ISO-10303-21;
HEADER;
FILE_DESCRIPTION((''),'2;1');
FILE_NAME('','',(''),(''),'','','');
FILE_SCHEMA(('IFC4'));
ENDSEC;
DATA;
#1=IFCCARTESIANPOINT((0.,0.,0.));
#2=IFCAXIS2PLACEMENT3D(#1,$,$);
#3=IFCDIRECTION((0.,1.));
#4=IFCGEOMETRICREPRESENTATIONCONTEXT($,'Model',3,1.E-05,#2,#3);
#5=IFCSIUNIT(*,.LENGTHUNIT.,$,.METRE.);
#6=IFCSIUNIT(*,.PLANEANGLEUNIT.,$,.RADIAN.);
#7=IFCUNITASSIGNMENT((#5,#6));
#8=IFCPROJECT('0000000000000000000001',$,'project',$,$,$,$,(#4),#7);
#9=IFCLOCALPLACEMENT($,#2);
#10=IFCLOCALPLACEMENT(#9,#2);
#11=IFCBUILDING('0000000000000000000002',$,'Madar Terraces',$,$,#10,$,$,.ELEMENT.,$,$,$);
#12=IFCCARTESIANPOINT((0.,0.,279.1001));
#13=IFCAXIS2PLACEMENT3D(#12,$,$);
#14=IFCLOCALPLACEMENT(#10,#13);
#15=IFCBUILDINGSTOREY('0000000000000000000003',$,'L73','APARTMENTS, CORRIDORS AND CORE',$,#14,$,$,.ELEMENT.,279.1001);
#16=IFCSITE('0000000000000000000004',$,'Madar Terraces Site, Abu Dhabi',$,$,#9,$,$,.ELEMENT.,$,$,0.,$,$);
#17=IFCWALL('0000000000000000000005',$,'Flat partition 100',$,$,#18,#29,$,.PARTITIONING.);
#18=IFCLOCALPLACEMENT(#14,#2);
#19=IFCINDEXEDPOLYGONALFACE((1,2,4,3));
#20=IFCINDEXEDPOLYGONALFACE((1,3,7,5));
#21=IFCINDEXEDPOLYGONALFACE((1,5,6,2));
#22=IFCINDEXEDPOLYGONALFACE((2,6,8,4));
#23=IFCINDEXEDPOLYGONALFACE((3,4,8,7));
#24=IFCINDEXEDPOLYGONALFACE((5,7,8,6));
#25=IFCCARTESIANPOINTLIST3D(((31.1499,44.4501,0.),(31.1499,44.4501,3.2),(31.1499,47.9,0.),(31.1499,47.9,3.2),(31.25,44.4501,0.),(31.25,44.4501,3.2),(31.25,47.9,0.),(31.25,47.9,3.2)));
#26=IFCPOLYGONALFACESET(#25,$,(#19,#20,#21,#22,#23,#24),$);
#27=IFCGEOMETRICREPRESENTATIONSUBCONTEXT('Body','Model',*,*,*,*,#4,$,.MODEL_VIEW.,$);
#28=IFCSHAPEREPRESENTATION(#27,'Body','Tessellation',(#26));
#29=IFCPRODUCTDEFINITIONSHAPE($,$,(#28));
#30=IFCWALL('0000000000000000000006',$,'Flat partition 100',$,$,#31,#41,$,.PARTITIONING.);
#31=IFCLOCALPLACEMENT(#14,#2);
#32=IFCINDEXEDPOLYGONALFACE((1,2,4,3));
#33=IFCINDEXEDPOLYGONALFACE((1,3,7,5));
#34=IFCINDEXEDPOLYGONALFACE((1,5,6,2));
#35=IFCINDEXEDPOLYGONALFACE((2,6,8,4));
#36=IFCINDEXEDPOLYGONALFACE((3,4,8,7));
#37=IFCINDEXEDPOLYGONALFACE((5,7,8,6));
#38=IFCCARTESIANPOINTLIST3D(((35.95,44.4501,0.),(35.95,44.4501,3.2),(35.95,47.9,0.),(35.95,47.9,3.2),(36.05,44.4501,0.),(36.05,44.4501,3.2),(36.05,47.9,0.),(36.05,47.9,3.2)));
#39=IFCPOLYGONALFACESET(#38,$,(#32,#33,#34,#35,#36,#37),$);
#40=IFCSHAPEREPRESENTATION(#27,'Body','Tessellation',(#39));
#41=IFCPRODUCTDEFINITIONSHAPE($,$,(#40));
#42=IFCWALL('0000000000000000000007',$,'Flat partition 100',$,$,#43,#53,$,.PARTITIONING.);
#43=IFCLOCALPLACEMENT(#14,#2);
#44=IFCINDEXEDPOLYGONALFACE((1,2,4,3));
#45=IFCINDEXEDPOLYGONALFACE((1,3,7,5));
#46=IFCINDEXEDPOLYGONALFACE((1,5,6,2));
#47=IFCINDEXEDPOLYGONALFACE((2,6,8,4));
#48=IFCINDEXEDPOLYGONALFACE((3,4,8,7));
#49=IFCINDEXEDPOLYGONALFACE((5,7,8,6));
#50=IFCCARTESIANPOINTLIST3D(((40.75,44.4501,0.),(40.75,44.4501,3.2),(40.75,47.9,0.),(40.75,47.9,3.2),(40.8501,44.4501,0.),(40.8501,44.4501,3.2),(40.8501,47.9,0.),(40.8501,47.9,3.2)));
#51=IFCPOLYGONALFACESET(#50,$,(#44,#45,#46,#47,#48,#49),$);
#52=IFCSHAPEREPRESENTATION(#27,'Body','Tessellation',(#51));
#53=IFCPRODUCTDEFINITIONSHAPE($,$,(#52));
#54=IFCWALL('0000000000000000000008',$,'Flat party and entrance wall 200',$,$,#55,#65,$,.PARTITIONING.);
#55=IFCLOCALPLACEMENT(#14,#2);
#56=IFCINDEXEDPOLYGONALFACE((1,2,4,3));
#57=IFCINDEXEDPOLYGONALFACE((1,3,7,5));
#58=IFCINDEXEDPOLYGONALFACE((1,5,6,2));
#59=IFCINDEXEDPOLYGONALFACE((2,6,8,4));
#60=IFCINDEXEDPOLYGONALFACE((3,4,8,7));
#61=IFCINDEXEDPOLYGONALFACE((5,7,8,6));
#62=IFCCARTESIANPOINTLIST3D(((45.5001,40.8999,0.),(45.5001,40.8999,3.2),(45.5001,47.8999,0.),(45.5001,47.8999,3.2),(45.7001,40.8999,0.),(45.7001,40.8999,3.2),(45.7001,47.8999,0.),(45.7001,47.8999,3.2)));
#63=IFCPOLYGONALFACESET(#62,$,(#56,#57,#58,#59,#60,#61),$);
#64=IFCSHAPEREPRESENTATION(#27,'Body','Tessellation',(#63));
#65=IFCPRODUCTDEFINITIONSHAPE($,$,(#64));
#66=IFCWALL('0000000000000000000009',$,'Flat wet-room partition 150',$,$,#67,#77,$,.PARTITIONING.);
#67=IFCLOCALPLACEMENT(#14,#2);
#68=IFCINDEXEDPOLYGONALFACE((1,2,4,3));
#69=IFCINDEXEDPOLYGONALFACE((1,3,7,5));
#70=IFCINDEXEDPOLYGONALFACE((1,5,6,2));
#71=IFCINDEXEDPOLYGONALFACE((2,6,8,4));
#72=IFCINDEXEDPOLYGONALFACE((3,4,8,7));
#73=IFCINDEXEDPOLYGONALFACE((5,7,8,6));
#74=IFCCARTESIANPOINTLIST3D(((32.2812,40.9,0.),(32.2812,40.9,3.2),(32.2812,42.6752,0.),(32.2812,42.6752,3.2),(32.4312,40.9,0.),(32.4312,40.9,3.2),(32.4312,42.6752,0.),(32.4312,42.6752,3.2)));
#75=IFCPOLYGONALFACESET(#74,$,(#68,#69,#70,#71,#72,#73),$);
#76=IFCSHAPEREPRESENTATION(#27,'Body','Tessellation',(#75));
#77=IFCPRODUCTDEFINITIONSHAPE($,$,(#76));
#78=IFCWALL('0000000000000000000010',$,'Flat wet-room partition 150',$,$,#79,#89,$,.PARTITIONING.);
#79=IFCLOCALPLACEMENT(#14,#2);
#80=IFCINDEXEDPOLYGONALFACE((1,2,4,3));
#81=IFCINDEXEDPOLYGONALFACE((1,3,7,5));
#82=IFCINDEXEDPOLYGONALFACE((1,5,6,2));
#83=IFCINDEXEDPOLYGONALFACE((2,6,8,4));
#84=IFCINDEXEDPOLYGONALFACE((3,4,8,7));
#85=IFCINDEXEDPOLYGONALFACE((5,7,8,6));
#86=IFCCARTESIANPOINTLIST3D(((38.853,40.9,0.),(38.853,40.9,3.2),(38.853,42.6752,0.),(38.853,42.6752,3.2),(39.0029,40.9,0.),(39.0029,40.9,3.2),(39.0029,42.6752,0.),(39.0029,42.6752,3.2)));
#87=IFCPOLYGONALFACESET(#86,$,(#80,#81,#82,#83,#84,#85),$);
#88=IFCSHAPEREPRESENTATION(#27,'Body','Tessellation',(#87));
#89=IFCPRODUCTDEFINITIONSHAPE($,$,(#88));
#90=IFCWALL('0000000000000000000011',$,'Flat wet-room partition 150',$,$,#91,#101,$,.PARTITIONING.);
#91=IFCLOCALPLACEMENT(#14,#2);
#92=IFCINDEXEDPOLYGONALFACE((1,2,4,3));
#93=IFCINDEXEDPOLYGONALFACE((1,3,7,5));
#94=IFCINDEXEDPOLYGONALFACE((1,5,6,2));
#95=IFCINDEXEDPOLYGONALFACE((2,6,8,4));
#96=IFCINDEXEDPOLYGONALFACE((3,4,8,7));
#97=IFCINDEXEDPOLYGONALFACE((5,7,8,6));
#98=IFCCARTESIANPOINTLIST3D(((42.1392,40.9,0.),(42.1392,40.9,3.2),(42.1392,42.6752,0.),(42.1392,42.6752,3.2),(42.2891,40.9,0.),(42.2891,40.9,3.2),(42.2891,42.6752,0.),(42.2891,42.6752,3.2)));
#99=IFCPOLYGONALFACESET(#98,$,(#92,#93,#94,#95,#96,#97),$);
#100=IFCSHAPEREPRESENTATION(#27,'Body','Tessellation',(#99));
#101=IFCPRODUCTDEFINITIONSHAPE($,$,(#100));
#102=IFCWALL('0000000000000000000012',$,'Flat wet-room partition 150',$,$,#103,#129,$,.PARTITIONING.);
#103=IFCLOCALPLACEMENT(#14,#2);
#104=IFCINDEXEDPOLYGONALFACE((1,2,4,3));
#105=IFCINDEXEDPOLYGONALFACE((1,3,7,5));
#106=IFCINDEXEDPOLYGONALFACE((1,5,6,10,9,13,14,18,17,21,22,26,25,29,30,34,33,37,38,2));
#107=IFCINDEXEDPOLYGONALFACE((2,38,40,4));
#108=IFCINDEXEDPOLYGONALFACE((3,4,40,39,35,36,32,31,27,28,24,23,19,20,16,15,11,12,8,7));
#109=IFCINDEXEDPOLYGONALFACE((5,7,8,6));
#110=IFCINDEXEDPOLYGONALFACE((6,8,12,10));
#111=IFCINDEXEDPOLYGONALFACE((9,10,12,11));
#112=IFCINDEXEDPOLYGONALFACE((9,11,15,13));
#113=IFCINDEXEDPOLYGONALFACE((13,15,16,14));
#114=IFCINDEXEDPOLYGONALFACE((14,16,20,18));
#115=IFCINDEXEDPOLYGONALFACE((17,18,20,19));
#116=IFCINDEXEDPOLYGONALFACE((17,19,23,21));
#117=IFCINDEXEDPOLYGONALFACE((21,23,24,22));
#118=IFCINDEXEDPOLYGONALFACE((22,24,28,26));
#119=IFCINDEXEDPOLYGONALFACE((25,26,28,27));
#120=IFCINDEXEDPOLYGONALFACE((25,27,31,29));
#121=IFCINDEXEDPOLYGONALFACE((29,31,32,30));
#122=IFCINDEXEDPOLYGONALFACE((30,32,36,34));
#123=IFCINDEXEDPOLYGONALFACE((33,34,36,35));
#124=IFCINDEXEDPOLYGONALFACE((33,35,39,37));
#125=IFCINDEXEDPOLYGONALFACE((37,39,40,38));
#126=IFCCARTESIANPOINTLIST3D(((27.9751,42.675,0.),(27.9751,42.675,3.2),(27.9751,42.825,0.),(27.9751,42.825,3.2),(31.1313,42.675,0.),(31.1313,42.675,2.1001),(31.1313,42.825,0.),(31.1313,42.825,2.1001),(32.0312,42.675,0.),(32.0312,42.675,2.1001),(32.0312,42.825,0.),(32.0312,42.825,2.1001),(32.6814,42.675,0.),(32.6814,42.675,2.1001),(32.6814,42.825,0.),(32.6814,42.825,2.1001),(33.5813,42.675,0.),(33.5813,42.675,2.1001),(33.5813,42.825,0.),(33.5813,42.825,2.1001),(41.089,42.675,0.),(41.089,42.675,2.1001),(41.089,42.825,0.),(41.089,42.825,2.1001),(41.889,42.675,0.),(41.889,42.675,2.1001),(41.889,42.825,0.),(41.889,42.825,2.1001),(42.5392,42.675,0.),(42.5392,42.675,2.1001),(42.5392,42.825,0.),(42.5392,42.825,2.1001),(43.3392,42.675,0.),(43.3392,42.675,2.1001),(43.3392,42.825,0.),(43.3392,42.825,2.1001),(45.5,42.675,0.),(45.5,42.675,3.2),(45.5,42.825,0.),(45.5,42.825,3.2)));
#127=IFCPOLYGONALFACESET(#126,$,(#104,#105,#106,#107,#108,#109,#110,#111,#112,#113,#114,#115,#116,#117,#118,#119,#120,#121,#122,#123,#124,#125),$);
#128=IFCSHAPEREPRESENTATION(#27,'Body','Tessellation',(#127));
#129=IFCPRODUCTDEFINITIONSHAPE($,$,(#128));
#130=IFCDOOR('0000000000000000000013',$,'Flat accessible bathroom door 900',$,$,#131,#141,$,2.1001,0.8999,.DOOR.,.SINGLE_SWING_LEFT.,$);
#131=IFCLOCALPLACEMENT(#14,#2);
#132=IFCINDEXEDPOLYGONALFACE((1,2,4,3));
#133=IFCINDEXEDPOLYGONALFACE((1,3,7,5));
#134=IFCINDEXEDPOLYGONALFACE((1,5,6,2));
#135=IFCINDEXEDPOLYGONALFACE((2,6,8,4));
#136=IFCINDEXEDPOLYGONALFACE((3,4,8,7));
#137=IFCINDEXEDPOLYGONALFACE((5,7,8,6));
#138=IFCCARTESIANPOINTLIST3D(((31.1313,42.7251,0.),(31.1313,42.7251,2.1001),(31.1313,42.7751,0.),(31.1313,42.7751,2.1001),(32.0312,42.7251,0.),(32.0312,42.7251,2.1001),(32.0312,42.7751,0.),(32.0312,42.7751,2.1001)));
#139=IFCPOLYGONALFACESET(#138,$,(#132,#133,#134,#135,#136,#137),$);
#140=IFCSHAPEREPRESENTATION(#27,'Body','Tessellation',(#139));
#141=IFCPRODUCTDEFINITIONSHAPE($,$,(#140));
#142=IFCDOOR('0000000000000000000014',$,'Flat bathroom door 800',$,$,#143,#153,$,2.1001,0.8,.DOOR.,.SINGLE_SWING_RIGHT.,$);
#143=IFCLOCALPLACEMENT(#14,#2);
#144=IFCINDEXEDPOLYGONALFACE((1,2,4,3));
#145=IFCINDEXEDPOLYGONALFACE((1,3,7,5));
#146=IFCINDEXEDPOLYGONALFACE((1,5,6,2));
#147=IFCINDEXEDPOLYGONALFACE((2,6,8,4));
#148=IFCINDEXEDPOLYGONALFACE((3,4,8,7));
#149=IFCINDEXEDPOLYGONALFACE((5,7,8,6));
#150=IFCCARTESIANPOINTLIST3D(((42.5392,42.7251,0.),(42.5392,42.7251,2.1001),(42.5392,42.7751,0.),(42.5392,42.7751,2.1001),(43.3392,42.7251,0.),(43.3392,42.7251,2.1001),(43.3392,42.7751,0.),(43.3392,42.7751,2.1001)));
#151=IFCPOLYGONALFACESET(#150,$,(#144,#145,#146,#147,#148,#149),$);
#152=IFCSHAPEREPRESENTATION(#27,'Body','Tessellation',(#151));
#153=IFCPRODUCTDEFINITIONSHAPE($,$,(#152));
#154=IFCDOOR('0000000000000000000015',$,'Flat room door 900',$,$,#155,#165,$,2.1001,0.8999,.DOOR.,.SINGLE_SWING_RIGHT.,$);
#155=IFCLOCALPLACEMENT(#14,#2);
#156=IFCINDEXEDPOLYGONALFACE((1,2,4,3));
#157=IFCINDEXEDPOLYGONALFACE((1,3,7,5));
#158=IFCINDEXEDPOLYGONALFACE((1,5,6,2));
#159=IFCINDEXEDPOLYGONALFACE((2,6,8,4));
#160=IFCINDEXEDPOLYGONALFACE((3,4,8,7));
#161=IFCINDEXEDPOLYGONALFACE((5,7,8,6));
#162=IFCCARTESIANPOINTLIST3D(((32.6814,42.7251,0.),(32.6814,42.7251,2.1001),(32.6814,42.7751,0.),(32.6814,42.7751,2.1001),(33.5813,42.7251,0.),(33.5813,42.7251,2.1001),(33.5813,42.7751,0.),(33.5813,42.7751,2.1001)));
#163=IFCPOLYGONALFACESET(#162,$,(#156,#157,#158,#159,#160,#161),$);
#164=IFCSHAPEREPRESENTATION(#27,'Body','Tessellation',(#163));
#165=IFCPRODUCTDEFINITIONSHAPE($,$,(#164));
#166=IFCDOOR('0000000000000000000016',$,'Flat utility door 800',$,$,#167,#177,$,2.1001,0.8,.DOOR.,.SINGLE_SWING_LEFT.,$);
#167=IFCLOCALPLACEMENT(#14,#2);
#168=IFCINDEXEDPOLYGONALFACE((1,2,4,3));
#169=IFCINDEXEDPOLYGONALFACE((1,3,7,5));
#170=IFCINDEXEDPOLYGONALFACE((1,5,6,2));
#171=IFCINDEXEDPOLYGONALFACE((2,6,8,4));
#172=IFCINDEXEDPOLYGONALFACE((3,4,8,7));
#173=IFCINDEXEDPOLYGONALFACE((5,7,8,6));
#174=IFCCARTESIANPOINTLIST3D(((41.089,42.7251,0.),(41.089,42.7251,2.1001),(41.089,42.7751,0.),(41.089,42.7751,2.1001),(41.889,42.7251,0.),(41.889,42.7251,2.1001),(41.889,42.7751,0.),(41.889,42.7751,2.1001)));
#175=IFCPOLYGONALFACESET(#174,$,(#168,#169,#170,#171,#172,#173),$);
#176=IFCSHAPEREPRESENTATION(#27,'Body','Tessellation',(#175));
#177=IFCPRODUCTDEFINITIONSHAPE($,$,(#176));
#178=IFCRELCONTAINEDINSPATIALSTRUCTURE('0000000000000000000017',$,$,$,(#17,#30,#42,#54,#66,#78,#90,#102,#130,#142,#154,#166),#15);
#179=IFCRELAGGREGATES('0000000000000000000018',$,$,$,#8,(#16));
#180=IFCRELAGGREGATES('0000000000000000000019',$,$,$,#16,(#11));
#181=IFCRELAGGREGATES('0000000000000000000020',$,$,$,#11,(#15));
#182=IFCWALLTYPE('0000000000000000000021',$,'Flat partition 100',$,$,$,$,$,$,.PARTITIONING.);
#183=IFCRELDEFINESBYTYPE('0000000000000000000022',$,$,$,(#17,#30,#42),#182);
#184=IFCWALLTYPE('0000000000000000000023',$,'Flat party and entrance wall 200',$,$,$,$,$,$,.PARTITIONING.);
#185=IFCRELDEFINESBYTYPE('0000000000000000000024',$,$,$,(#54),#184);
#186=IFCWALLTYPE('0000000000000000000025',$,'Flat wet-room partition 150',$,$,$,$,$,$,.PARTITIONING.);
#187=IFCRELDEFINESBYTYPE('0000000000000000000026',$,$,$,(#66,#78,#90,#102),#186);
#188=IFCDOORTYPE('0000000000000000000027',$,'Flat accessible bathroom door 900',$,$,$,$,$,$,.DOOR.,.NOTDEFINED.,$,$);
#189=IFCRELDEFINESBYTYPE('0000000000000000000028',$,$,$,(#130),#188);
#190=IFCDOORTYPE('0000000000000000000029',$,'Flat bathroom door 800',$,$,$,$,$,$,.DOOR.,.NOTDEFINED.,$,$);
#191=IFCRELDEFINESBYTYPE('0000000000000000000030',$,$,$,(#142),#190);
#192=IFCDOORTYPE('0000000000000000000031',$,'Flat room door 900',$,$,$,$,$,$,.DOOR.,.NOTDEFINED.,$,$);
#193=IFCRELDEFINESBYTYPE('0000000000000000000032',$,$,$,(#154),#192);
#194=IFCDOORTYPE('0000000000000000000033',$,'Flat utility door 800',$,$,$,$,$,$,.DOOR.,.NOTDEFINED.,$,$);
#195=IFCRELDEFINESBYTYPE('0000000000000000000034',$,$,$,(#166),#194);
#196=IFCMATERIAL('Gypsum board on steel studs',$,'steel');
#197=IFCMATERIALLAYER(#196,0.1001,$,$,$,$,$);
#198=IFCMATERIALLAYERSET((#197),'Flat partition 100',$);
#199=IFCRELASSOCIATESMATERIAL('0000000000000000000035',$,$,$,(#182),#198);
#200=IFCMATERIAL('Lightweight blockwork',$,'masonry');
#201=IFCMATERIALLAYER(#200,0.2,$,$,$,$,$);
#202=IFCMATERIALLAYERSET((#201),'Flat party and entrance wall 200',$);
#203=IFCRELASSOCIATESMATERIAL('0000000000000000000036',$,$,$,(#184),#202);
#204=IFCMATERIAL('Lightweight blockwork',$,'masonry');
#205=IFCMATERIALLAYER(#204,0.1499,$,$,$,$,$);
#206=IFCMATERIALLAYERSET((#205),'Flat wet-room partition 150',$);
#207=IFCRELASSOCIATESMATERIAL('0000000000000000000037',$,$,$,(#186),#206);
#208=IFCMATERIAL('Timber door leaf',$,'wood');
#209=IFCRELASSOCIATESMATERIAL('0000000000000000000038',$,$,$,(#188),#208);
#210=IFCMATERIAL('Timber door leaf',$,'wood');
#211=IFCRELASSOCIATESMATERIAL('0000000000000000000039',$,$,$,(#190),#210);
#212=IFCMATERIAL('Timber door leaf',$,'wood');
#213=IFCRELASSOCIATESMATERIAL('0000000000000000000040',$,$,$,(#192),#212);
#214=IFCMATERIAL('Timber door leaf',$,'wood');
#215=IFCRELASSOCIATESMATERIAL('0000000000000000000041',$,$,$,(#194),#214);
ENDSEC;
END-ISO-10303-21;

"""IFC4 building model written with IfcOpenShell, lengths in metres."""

from ifc_helpers import new_model, si_unit, direction, frame, frame_2d, origin, place, context, subcontext, project, spatial, rectangle, extrude, material, layer, layer_set, type_object, element, fill, save


model = new_model("IFC4")

# Units and contexts
model_context = context("Model", 3, precision=1e-05, world=origin(), true_north=direction((0.0, 1.0)))
body_context = subcontext(model_context, "Body", "Model", "MODEL_VIEW")
ifc_project = project(units=[si_unit("LENGTHUNIT", "METRE"), si_unit("PLANEANGLEUNIT", "RADIAN")], contexts=[model_context])

# Site, building, storey
site_placement = place(None, origin())
site = spatial("IfcSite", under=ifc_project, at=site_placement, Name="Madar Terraces Site, Abu Dhabi", CompositionType="ELEMENT", RefElevation=0.0)
building_placement = place(site_placement, origin())
building = spatial("IfcBuilding", under=site, at=building_placement, Name="Madar Terraces", CompositionType="ELEMENT")
storey_placement = place(building_placement, frame((0.0, 0.0, 279.1001)))
storey = spatial("IfcBuildingStorey", under=building, at=storey_placement, Name="L73", Description="APARTMENTS, CORRIDORS AND CORE", CompositionType="ELEMENT", Elevation=279.1001)

# Walls
ifc_material_1 = material(Name="Gypsum board on steel studs", Category="steel")
ifc_layer_1 = layer(ifc_material_1, 0.1001)
ifc_layer_set_1 = layer_set([ifc_layer_1], Name="Flat partition 100")
wall_type_1 = type_object("IfcWallType", Name="Flat partition 100", PredefinedType="PARTITIONING", material=ifc_layer_set_1)
for number, where, z_axis, x_axis, name in (
    (1, (31.2, 44.45, 0.0), (0.0, 0.0, 1.0), (0.0, 1.0, 0.0), "Flat partition 100"),
    (2, (36.0, 44.45, 0.0), (0.0, 0.0, 1.0), (0.0, 1.0, 0.0), "Flat partition 100"),
    (3, (40.8, 44.45, 0.0), (0.0, 0.0, 1.0), (0.0, 1.0, 0.0), "Flat partition 100"),
):
    element("IfcWall", number, at=place(storey_placement, frame(where, z_axis=z_axis, x_axis=x_axis)), inside=storey, type_object=wall_type_1, Name=name, PredefinedType="PARTITIONING", context=body_context, shape_type="SweptSolid", body=[
        extrude(rectangle(XDim=3.45, YDim=0.1001, at=frame_2d((1.7251, 0.0))), origin(), (0.0, 0.0, 1.0), 3.2),
    ])
ifc_material_2 = material(Name="Lightweight blockwork", Category="masonry")
ifc_layer_2 = layer(ifc_material_2, 0.2)
ifc_layer_set_2 = layer_set([ifc_layer_2], Name="Flat party and entrance wall 200")
wall_type_2 = type_object("IfcWallType", Name="Flat party and entrance wall 200", PredefinedType="PARTITIONING", material=ifc_layer_set_2)
wall_1_placement = place(storey_placement, frame((45.6001, 47.8999, 0.0), z_axis=(0.0, 0.0, 1.0), x_axis=(0.0, -1.0, 0.0)))
element("IfcWall", 4, at=wall_1_placement, inside=storey, type_object=wall_type_2, Name="Flat party and entrance wall 200", PredefinedType="PARTITIONING", context=body_context, shape_type="SweptSolid", body=[
    extrude(rectangle(XDim=7.0, YDim=0.2, at=frame_2d((3.5, 0.0))), origin(), (0.0, 0.0, 1.0), 3.2),
])
ifc_material_3 = material(Name="Lightweight blockwork", Category="masonry")
ifc_layer_3 = layer(ifc_material_3, 0.1499)
ifc_layer_set_3 = layer_set([ifc_layer_3], Name="Flat wet-room partition 150")
wall_type_3 = type_object("IfcWallType", Name="Flat wet-room partition 150", PredefinedType="PARTITIONING", material=ifc_layer_set_3)
for number, where, z_axis, x_axis, name in (
    (5, (32.3562, 40.8999, 0.0), (0.0, 0.0, 1.0), (0.0, 1.0, 0.0), "Flat wet-room partition 150"),
    (6, (38.928, 40.8999, 0.0), (0.0, 0.0, 1.0), (0.0, 1.0, 0.0), "Flat wet-room partition 150"),
    (7, (42.2141, 40.8999, 0.0), (0.0, 0.0, 1.0), (0.0, 1.0, 0.0), "Flat wet-room partition 150"),
):
    element("IfcWall", number, at=place(storey_placement, frame(where, z_axis=z_axis, x_axis=x_axis)), inside=storey, type_object=wall_type_3, Name=name, PredefinedType="PARTITIONING", context=body_context, shape_type="SweptSolid", body=[
        extrude(rectangle(XDim=1.7751, YDim=0.1499, at=frame_2d((0.8877, 0.0))), origin(), (0.0, 0.0, 1.0), 3.2),
    ])

# Wall, openings, doors
wall_2_placement = place(storey_placement, frame((45.5, 42.75, 0.0), z_axis=(0.0, 0.0, 1.0), x_axis=(-1.0, 0.0, 0.0)))
wall_2 = element("IfcWall", 8, at=wall_2_placement, inside=storey, type_object=wall_type_3, Name="Flat wet-room partition 150", PredefinedType="PARTITIONING", context=body_context, shape_type="SweptSolid", body=[
    extrude(rectangle(XDim=17.5249, YDim=0.1499, at=frame_2d((8.7625, 0.0))), origin(), (0.0, 0.0, 1.0), 3.2),
])
opening_1_placement = place(wall_2_placement, frame((13.4688, 0.0, 0.0)))
opening_1 = element("IfcOpeningElement", 9, at=opening_1_placement, cuts=wall_2, PredefinedType="OPENING", context=body_context, shape_type="SweptSolid", body=[
    extrude(rectangle(XDim=0.8999, YDim=2.1001, at=frame_2d((0.45, 1.05))), frame((0.0, 0.085, 0.0), z_axis=(0.0, -1.0, 0.0), x_axis=(1.0, 0.0, 0.0)), (0.0, 0.0, 1.0), 0.1699),
])
opening_2_placement = place(wall_2_placement, frame((11.9187, 0.0, 0.0)))
opening_2 = element("IfcOpeningElement", 10, at=opening_2_placement, cuts=wall_2, PredefinedType="OPENING", context=body_context, shape_type="SweptSolid", body=[
    extrude(rectangle(XDim=0.8999, YDim=2.1001, at=frame_2d((0.45, 1.05))), frame((0.0, 0.085, 0.0), z_axis=(0.0, -1.0, 0.0), x_axis=(1.0, 0.0, 0.0)), (0.0, 0.0, 1.0), 0.1699),
])
opening_3_placement = place(wall_2_placement, frame((3.6111, 0.0, 0.0)))
opening_3 = element("IfcOpeningElement", 11, at=opening_3_placement, cuts=wall_2, PredefinedType="OPENING", context=body_context, shape_type="SweptSolid", body=[
    extrude(rectangle(XDim=0.8, YDim=2.1001, at=frame_2d((0.3999, 1.05))), frame((0.0, 0.085, 0.0), z_axis=(0.0, -1.0, 0.0), x_axis=(1.0, 0.0, 0.0)), (0.0, 0.0, 1.0), 0.1699),
])
opening_4_placement = place(wall_2_placement, frame((2.1609, 0.0, 0.0)))
opening_4 = element("IfcOpeningElement", 12, at=opening_4_placement, cuts=wall_2, PredefinedType="OPENING", context=body_context, shape_type="SweptSolid", body=[
    extrude(rectangle(XDim=0.8, YDim=2.1001, at=frame_2d((0.3999, 1.05))), frame((0.0, 0.085, 0.0), z_axis=(0.0, -1.0, 0.0), x_axis=(1.0, 0.0, 0.0)), (0.0, 0.0, 1.0), 0.1699),
])
ifc_material_4 = material(Name="Timber door leaf", Category="wood")
door_type_1 = type_object("IfcDoorType", Name="Flat accessible bathroom door 900", OperationType="NOTDEFINED", PredefinedType="DOOR", material=ifc_material_4)
door_1_placement = place(opening_1_placement, origin())
door_1 = element("IfcDoor", 13, at=door_1_placement, inside=storey, type_object=door_type_1, Name="Flat accessible bathroom door 900", OperationType="SINGLE_SWING_LEFT", OverallHeight=2.1001, OverallWidth=0.8999, PredefinedType="DOOR", context=body_context, shape_type="SweptSolid", body=[
    extrude(rectangle(XDim=0.8999, YDim=2.1001, at=frame_2d((0.45, 1.05))), frame((0.0, 0.0249, 0.0), z_axis=(0.0, -1.0, 0.0), x_axis=(1.0, 0.0, 0.0)), (0.0, 0.0, 1.0), 0.05),
])
fill(opening_1, door_1)
ifc_material_5 = material(Name="Timber door leaf", Category="wood")
door_type_2 = type_object("IfcDoorType", Name="Flat bathroom door 800", OperationType="NOTDEFINED", PredefinedType="DOOR", material=ifc_material_5)
door_2_placement = place(opening_4_placement, origin())
door_2 = element("IfcDoor", 14, at=door_2_placement, inside=storey, type_object=door_type_2, Name="Flat bathroom door 800", OperationType="SINGLE_SWING_RIGHT", OverallHeight=2.1001, OverallWidth=0.8, PredefinedType="DOOR", context=body_context, shape_type="SweptSolid", body=[
    extrude(rectangle(XDim=0.8, YDim=2.1001, at=frame_2d((0.3999, 1.05))), frame((0.0, 0.0249, 0.0), z_axis=(0.0, -1.0, 0.0), x_axis=(1.0, 0.0, 0.0)), (0.0, 0.0, 1.0), 0.05),
])
fill(opening_4, door_2)
ifc_material_6 = material(Name="Timber door leaf", Category="wood")
door_type_3 = type_object("IfcDoorType", Name="Flat room door 900", OperationType="NOTDEFINED", PredefinedType="DOOR", material=ifc_material_6)
door_3_placement = place(opening_2_placement, origin())
door_3 = element("IfcDoor", 15, at=door_3_placement, inside=storey, type_object=door_type_3, Name="Flat room door 900", OperationType="SINGLE_SWING_RIGHT", OverallHeight=2.1001, OverallWidth=0.8999, PredefinedType="DOOR", context=body_context, shape_type="SweptSolid", body=[
    extrude(rectangle(XDim=0.8999, YDim=2.1001, at=frame_2d((0.45, 1.05))), frame((0.0, 0.0249, 0.0), z_axis=(0.0, -1.0, 0.0), x_axis=(1.0, 0.0, 0.0)), (0.0, 0.0, 1.0), 0.05),
])
fill(opening_2, door_3)
ifc_material_7 = material(Name="Timber door leaf", Category="wood")
door_type_4 = type_object("IfcDoorType", Name="Flat utility door 800", OperationType="NOTDEFINED", PredefinedType="DOOR", material=ifc_material_7)
door_4_placement = place(opening_3_placement, origin())
door_4 = element("IfcDoor", 16, at=door_4_placement, inside=storey, type_object=door_type_4, Name="Flat utility door 800", OperationType="SINGLE_SWING_LEFT", OverallHeight=2.1001, OverallWidth=0.8, PredefinedType="DOOR", context=body_context, shape_type="SweptSolid", body=[
    extrude(rectangle(XDim=0.8, YDim=2.1001, at=frame_2d((0.3999, 1.05))), frame((0.0, 0.0249, 0.0), z_axis=(0.0, -1.0, 0.0), x_axis=(1.0, 0.0, 0.0)), (0.0, 0.0, 1.0), 0.05),
])
fill(opening_3, door_4)

save(model, "model.ifc")
